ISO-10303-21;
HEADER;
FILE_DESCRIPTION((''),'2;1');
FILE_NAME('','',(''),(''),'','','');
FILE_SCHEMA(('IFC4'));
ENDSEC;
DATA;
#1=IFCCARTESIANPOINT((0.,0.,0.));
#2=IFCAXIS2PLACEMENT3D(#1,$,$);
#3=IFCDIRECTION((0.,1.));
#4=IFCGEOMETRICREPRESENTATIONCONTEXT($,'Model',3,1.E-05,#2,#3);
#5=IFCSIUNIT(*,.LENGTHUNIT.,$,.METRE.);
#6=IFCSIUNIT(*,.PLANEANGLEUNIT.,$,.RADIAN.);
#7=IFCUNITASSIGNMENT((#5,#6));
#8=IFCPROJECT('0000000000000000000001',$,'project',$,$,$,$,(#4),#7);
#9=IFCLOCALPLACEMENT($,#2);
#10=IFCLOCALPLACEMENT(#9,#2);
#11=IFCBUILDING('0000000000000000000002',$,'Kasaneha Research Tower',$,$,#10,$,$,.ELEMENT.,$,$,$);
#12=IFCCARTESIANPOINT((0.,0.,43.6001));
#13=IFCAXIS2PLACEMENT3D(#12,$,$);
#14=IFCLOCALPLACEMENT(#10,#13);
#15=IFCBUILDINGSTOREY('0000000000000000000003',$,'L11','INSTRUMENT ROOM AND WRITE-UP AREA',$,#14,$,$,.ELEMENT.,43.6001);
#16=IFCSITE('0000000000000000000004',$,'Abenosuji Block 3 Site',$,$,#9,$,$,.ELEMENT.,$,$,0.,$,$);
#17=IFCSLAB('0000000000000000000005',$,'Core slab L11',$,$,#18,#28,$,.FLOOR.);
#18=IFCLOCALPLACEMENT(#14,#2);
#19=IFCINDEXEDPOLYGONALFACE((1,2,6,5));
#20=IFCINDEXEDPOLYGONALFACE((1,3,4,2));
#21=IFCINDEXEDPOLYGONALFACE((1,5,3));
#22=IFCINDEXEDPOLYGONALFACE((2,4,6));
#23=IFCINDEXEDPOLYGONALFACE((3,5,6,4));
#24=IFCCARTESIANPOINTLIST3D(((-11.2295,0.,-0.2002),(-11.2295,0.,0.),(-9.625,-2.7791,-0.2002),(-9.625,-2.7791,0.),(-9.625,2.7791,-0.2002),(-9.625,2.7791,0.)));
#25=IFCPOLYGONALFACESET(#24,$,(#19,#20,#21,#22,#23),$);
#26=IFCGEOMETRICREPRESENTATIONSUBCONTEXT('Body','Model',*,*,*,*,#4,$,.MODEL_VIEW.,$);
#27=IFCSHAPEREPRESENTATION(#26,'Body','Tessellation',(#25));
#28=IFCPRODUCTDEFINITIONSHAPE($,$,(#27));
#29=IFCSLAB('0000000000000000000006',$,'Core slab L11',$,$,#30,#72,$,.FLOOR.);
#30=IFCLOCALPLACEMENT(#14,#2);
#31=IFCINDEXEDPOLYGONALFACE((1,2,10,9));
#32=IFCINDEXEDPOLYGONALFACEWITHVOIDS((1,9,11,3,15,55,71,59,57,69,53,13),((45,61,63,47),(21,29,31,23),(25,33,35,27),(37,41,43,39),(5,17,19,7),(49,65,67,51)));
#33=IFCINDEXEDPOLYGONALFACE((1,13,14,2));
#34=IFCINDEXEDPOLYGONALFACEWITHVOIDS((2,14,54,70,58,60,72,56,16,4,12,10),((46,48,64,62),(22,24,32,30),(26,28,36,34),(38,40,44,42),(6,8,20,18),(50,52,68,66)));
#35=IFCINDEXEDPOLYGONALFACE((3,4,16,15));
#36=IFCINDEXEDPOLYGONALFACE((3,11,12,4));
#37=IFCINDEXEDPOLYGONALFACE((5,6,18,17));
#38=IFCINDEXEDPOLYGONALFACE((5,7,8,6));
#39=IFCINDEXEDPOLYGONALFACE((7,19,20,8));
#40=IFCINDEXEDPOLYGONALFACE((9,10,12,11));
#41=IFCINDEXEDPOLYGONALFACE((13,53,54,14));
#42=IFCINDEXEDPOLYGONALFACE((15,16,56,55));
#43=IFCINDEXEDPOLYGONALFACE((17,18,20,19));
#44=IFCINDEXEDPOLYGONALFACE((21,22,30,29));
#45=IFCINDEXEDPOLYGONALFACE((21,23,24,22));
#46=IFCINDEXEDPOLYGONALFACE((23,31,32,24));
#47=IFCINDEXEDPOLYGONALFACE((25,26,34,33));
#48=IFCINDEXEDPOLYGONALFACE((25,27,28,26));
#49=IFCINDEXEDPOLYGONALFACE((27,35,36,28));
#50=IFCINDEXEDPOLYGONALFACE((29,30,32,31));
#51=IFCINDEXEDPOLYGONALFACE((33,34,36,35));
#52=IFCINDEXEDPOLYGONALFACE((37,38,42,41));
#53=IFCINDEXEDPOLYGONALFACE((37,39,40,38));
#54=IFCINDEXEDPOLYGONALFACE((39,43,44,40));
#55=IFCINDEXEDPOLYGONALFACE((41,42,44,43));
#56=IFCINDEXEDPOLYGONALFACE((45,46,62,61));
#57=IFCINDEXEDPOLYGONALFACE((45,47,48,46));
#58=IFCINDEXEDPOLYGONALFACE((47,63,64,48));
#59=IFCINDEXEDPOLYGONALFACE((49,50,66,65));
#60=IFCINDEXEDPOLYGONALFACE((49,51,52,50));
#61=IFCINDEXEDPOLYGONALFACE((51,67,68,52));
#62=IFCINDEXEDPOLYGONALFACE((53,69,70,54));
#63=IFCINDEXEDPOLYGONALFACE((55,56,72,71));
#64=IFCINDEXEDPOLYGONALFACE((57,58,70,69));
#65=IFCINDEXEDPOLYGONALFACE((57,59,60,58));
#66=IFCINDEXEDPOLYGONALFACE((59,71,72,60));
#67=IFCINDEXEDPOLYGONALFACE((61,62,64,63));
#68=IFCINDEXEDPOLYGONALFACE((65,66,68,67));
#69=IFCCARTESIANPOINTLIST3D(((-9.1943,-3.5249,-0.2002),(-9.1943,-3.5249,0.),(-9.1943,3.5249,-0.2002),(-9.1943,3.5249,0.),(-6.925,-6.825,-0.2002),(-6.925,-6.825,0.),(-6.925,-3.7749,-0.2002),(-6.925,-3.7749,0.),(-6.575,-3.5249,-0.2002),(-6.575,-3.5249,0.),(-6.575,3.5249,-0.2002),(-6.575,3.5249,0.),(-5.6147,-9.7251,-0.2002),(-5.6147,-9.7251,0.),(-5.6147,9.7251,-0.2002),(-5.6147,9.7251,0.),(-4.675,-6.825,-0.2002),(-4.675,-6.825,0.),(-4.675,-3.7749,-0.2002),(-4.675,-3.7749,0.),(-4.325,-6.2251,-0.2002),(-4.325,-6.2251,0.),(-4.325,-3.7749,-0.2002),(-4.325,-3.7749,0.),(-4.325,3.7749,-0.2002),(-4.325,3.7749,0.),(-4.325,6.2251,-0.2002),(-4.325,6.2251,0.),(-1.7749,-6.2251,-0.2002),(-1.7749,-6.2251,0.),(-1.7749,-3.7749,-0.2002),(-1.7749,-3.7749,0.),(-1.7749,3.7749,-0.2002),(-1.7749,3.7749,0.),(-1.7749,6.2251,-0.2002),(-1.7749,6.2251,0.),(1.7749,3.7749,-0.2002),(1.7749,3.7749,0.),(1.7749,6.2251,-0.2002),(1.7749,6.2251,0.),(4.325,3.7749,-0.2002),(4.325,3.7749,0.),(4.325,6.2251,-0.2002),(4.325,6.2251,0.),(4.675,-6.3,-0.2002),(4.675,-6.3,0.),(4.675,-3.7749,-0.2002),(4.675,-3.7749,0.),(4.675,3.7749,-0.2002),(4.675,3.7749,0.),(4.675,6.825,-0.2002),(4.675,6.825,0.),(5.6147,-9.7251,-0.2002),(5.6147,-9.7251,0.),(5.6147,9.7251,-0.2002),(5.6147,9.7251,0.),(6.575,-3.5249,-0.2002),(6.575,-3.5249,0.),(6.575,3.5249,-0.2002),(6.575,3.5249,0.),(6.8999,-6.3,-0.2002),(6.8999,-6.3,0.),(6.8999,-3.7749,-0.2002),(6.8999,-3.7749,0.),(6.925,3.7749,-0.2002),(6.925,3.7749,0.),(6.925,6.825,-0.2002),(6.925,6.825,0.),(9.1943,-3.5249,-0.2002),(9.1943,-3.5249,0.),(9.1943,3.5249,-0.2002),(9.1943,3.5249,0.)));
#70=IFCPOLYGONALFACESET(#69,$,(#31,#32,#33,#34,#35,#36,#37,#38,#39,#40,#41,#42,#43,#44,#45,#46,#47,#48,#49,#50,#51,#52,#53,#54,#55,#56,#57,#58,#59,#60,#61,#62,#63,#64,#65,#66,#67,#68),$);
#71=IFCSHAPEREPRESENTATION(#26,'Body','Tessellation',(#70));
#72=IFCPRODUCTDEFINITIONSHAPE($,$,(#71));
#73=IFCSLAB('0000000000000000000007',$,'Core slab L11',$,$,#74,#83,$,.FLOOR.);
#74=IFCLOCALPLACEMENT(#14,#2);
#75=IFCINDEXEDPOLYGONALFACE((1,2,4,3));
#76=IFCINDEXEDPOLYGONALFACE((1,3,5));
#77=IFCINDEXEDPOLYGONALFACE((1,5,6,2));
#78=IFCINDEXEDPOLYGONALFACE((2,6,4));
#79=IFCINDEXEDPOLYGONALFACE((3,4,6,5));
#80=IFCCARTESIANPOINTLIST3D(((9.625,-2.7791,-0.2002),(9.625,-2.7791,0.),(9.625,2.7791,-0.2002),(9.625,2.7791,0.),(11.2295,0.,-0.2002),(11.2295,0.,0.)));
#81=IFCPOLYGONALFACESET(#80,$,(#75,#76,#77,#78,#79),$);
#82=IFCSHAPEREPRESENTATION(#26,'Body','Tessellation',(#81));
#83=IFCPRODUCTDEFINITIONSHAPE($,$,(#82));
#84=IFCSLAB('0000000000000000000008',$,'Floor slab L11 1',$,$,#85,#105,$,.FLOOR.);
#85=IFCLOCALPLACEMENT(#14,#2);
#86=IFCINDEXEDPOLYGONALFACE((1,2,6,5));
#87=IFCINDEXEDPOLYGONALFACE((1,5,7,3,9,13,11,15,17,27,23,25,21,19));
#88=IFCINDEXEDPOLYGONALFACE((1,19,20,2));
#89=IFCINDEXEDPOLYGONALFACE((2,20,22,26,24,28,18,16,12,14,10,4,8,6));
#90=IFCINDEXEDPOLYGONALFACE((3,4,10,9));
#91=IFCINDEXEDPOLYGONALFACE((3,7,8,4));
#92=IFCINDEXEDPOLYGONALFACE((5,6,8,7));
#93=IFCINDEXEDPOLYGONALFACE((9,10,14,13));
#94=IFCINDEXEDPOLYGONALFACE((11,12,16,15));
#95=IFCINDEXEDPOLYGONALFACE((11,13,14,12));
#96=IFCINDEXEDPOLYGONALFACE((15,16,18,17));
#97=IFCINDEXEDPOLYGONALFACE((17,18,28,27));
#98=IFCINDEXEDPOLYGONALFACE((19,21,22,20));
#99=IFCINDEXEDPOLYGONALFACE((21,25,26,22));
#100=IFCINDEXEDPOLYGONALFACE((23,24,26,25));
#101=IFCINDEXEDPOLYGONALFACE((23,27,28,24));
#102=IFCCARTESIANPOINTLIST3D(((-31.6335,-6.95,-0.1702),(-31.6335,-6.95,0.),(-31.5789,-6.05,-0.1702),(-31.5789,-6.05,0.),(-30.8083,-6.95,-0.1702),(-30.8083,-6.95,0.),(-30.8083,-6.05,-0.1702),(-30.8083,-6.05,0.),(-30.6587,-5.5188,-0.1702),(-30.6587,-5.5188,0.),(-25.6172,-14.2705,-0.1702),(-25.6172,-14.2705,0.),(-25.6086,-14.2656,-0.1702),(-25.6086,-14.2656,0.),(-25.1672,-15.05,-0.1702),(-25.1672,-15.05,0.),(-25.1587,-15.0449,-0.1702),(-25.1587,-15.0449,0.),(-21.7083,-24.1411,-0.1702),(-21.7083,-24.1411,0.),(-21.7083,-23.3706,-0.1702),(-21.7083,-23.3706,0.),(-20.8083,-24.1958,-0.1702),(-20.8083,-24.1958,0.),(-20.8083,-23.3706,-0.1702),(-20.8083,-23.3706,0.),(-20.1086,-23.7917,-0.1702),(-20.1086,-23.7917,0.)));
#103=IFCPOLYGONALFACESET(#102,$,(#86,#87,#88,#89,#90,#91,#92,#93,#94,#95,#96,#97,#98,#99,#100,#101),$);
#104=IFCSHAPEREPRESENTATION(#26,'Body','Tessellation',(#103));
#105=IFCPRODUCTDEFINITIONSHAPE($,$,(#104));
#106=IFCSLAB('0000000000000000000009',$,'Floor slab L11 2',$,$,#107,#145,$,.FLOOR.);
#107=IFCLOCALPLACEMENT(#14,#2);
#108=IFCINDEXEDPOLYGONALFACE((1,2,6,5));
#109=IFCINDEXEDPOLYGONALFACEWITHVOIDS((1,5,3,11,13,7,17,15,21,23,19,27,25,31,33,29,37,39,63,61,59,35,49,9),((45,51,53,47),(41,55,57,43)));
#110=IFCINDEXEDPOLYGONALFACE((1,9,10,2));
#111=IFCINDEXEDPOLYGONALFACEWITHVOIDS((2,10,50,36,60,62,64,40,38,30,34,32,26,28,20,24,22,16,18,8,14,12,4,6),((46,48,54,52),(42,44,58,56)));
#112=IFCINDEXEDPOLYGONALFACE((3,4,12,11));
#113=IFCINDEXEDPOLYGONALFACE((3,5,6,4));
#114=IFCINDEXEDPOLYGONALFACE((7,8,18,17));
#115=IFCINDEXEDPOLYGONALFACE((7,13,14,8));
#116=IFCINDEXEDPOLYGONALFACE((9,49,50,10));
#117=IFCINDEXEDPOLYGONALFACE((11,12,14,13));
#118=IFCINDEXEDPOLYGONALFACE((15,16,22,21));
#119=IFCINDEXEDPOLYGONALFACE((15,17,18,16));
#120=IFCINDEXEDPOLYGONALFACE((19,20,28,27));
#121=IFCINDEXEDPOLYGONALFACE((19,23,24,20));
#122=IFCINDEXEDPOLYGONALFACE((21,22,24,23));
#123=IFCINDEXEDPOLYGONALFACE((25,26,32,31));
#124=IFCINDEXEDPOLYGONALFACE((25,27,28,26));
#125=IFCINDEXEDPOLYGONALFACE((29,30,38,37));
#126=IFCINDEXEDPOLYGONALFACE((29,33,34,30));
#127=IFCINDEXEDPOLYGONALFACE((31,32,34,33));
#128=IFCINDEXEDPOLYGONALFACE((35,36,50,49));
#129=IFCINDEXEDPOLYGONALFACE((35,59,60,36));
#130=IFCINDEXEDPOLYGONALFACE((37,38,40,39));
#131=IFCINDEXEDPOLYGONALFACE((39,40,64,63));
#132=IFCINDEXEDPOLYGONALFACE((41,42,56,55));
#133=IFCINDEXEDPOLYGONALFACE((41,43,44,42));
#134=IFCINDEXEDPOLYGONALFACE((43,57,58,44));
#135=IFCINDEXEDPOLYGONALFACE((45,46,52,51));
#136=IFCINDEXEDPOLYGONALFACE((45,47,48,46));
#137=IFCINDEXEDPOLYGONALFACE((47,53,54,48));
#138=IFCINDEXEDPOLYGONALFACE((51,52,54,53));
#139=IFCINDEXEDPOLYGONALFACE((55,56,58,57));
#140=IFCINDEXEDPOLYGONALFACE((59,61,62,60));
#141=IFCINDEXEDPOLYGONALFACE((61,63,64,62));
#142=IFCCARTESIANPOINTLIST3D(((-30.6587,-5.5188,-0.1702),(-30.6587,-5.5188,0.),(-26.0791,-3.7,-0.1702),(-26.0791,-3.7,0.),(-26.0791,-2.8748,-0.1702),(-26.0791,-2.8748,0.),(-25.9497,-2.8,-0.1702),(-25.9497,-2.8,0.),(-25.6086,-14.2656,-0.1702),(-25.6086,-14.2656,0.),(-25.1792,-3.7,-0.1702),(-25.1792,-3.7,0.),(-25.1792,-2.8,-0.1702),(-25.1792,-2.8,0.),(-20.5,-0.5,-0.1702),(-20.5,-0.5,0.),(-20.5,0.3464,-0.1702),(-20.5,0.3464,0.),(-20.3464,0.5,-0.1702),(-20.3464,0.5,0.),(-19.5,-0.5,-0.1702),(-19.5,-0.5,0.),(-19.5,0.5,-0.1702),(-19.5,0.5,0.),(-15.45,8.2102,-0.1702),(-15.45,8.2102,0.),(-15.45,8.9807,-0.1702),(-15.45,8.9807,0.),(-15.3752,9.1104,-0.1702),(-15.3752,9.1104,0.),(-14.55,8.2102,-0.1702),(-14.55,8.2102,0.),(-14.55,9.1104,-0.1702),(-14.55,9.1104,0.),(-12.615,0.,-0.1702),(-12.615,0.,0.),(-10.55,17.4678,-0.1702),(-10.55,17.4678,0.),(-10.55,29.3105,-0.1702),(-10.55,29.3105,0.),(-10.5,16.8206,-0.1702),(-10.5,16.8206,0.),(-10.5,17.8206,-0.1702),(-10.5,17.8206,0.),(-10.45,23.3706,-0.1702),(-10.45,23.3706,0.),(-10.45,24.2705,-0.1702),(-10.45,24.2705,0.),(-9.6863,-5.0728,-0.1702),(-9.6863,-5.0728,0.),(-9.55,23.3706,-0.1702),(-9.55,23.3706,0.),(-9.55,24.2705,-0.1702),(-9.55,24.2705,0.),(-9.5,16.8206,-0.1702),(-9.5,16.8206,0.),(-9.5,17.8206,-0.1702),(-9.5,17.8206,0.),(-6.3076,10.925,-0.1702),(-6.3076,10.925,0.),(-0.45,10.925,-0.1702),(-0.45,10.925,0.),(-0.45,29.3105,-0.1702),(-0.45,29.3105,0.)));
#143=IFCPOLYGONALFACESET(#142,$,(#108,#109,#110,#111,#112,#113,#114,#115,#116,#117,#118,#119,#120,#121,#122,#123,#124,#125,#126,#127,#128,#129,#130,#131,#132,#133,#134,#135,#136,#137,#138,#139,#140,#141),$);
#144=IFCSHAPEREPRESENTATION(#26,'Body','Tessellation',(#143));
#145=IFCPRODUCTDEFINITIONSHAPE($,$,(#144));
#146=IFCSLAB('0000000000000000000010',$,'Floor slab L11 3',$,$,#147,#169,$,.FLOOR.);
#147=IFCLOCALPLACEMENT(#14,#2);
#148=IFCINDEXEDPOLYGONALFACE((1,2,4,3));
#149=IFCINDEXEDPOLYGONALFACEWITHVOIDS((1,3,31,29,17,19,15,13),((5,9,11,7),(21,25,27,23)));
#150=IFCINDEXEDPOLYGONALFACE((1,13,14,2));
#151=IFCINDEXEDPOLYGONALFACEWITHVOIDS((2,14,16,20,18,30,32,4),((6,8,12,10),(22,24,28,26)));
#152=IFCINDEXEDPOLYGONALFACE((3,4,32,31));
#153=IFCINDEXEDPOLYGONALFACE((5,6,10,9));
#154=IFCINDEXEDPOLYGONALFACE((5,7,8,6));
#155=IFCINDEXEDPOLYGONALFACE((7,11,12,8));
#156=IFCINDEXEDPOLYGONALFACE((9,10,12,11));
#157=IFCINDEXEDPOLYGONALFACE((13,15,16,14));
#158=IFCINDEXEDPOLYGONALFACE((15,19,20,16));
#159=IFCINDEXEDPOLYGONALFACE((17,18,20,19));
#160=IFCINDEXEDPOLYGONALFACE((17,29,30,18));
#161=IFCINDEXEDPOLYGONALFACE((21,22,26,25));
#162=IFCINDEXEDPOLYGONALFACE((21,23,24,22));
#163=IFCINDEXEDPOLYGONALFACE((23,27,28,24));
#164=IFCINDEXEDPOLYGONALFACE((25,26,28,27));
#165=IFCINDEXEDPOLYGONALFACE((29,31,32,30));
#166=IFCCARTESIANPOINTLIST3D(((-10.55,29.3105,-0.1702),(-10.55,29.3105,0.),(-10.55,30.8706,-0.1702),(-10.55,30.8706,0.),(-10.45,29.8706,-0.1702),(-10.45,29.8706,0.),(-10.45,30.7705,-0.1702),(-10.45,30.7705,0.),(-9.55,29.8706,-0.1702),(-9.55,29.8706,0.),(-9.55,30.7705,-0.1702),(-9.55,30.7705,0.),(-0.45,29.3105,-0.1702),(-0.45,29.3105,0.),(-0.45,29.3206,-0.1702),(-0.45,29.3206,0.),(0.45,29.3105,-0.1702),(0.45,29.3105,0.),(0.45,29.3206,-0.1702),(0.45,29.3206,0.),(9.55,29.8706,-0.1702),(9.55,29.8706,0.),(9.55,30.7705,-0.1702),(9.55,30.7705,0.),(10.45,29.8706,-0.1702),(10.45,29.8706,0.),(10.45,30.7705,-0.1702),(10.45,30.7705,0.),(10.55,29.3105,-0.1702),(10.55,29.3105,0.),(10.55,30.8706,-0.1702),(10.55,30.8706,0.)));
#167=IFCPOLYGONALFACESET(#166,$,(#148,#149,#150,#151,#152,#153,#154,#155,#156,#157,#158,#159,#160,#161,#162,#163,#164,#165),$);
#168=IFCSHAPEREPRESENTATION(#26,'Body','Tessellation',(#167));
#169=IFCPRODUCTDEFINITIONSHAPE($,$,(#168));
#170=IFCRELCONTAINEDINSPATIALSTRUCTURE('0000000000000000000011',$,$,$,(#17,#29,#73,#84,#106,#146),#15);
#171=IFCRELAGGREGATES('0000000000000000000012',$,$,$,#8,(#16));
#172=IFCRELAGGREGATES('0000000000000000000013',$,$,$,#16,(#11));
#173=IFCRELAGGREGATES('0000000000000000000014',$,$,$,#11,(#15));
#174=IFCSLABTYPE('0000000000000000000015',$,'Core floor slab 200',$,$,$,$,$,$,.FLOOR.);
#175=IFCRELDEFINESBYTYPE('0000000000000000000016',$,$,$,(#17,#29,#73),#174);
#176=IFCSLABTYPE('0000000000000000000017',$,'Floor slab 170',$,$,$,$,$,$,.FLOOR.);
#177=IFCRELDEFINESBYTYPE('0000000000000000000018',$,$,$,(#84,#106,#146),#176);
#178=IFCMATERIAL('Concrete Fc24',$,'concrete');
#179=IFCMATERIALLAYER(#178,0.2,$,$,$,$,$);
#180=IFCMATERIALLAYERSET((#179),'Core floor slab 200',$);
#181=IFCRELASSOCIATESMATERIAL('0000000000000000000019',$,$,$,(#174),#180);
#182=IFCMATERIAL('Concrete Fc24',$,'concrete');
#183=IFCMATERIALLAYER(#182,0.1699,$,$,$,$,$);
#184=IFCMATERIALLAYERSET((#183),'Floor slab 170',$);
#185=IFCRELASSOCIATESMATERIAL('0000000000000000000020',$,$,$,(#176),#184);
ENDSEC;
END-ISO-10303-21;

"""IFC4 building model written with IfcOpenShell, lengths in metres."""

from ifc_helpers import new_model, si_unit, direction, frame, origin, place, context, subcontext, project, spatial, polyline, outline, extrude, material, layer, layer_set, type_object, element, save


model = new_model("IFC4")

# Units and contexts
model_context = context("Model", 3, precision=1e-05, world=origin(), true_north=direction((0.0, 1.0)))
body_context = subcontext(model_context, "Body", "Model", "MODEL_VIEW")
ifc_project = project(units=[si_unit("LENGTHUNIT", "METRE"), si_unit("PLANEANGLEUNIT", "RADIAN")], contexts=[model_context])

# Site, building, storey
site_placement = place(None, origin())
site = spatial("IfcSite", under=ifc_project, at=site_placement, Name="Abenosuji Block 3 Site", CompositionType="ELEMENT", RefElevation=0.0)
building_placement = place(site_placement, origin())
building = spatial("IfcBuilding", under=site, at=building_placement, Name="Kasaneha Research Tower", CompositionType="ELEMENT")
storey_placement = place(building_placement, frame((0.0, 0.0, 43.6001)))
storey = spatial("IfcBuildingStorey", under=building, at=storey_placement, Name="L11", Description="INSTRUMENT ROOM AND WRITE-UP AREA", CompositionType="ELEMENT", Elevation=43.6001)

# Slabs
ifc_material_1 = material(Name="Concrete Fc24", Category="concrete")
ifc_layer_1 = layer(ifc_material_1, 0.2)
ifc_layer_set_1 = layer_set([ifc_layer_1], Name="Core floor slab 200")
slab_type_1 = type_object("IfcSlabType", Name="Core floor slab 200", PredefinedType="FLOOR", material=ifc_layer_set_1)
slab_1_placement = place(storey_placement, frame((0.0, 0.0, -0.2002)))
element("IfcSlab", 1, at=slab_1_placement, inside=storey, type_object=slab_type_1, Name="Core slab L11", PredefinedType="FLOOR", context=body_context, shape_type="SweptSolid", body=[
    extrude(outline(polyline([(-11.2295, 0.0), (-9.625, 2.7791), (-9.625, -2.7791), (-11.2295, 0.0)])), origin(), (0.0, 0.0, 1.0), 0.2002),
])
slab_2_placement = place(storey_placement, frame((0.0, 0.0, -0.2002)))
element("IfcSlab", 2, at=slab_2_placement, inside=storey, type_object=slab_type_1, Name="Core slab L11", PredefinedType="FLOOR", context=body_context, shape_type="SweptSolid", body=[
    extrude(outline(polyline([(-5.6147, 9.7251), (5.6147, 9.7251), (9.1943, 3.5249), (6.575, 3.5249), (6.575, -3.5249), (9.1943, -3.5249), (5.6147, -9.7251), (-5.6147, -9.7251), (-9.1943, -3.5249), (-6.575, -3.5249), (-6.575, 3.5249), (-9.1943, 3.5249), (-5.6147, 9.7251)]), holes=[polyline([(-6.925, -3.7749), (-6.925, -6.825), (-4.675, -6.825), (-4.675, -3.7749), (-6.925, -3.7749)]), polyline([(4.675, -3.7749), (4.675, -6.3), (6.8999, -6.3), (6.8999, -3.7749), (4.675, -3.7749)]), polyline([(-4.325, -3.7749), (-4.325, -6.2251), (-1.7749, -6.2251), (-1.7749, -3.7749), (-4.325, -3.7749)]), polyline([(-4.325, 6.2251), (-4.325, 3.7749), (-1.7749, 3.7749), (-1.7749, 6.2251), (-4.325, 6.2251)]), polyline([(1.7749, 6.2251), (1.7749, 3.7749), (4.325, 3.7749), (4.325, 6.2251), (1.7749, 6.2251)]), polyline([(4.675, 6.825), (4.675, 3.7749), (6.925, 3.7749), (6.925, 6.825), (4.675, 6.825)])]), origin(), (0.0, 0.0, 1.0), 0.2002),
])
slab_3_placement = place(storey_placement, frame((0.0, 0.0, -0.2002)))
element("IfcSlab", 3, at=slab_3_placement, inside=storey, type_object=slab_type_1, Name="Core slab L11", PredefinedType="FLOOR", context=body_context, shape_type="SweptSolid", body=[
    extrude(outline(polyline([(11.2295, 0.0), (9.625, -2.7791), (9.625, 2.7791), (11.2295, 0.0)])), origin(), (0.0, 0.0, 1.0), 0.2002),
])
ifc_material_2 = material(Name="Concrete Fc24", Category="concrete")
ifc_layer_2 = layer(ifc_material_2, 0.1699)
ifc_layer_set_2 = layer_set([ifc_layer_2], Name="Floor slab 170")
slab_type_2 = type_object("IfcSlabType", Name="Floor slab 170", PredefinedType="FLOOR", material=ifc_layer_set_2)
slab_4_placement = place(storey_placement, frame((0.0, 0.0, -0.1702)))
element("IfcSlab", 4, at=slab_4_placement, inside=storey, type_object=slab_type_2, Name="Floor slab L11 1", PredefinedType="FLOOR", context=body_context, shape_type="SweptSolid", body=[
    extrude(outline(polyline([(-25.1672, -15.05), (-25.1587, -15.0449), (-20.1086, -23.7917), (-20.8083, -24.1958), (-20.8083, -23.3706), (-21.7083, -23.3706), (-21.7083, -24.1411), (-31.6335, -6.95), (-30.8083, -6.95), (-30.8083, -6.05), (-31.5789, -6.05), (-30.6587, -5.5188), (-25.6086, -14.2656), (-25.6172, -14.2705), (-25.1672, -15.05)])), origin(), (0.0, 0.0, 1.0), 0.1702),
])
slab_5_placement = place(storey_placement, frame((0.0, 0.0, -0.1702)))
element("IfcSlab", 5, at=slab_5_placement, inside=storey, type_object=slab_type_2, Name="Floor slab L11 2", PredefinedType="FLOOR", context=body_context, shape_type="SweptSolid", body=[
    extrude(outline(polyline([(-25.1792, -2.8), (-25.9497, -2.8), (-20.5, 0.3464), (-20.5, -0.5), (-19.5, -0.5), (-19.5, 0.5), (-20.3464, 0.5), (-15.45, 8.9807), (-15.45, 8.2102), (-14.55, 8.2102), (-14.55, 9.1104), (-15.3752, 9.1104), (-10.55, 17.4678), (-10.55, 29.3105), (-0.45, 29.3105), (-0.45, 10.925), (-6.3076, 10.925), (-12.615, 0.0), (-9.6863, -5.0728), (-25.6086, -14.2656), (-30.6587, -5.5188), (-26.0791, -2.8748), (-26.0791, -3.7), (-25.1792, -3.7), (-25.1792, -2.8)]), holes=[polyline([(-9.5, 16.8206), (-9.5, 17.8206), (-10.5, 17.8206), (-10.5, 16.8206), (-9.5, 16.8206)]), polyline([(-10.45, 23.3706), (-9.55, 23.3706), (-9.55, 24.2705), (-10.45, 24.2705), (-10.45, 23.3706)])]), origin(), (0.0, 0.0, 1.0), 0.1702),
])
slab_6_placement = place(storey_placement, frame((0.0, 0.0, -0.1702)))
element("IfcSlab", 6, at=slab_6_placement, inside=storey, type_object=slab_type_2, Name="Floor slab L11 3", PredefinedType="FLOOR", context=body_context, shape_type="SweptSolid", body=[
    extrude(outline(polyline([(10.55, 29.3105), (0.45, 29.3105), (0.45, 29.3206), (-0.45, 29.3206), (-0.45, 29.3105), (-10.55, 29.3105), (-10.55, 30.8706), (10.55, 30.8706), (10.55, 29.3105)]), holes=[polyline([(-9.55, 29.8706), (-9.55, 30.7705), (-10.45, 30.7705), (-10.45, 29.8706), (-9.55, 29.8706)]), polyline([(9.55, 29.8706), (10.45, 29.8706), (10.45, 30.7705), (9.55, 30.7705), (9.55, 29.8706)])]), origin(), (0.0, 0.0, 1.0), 0.1702),
])

save(model, "model.ifc")
